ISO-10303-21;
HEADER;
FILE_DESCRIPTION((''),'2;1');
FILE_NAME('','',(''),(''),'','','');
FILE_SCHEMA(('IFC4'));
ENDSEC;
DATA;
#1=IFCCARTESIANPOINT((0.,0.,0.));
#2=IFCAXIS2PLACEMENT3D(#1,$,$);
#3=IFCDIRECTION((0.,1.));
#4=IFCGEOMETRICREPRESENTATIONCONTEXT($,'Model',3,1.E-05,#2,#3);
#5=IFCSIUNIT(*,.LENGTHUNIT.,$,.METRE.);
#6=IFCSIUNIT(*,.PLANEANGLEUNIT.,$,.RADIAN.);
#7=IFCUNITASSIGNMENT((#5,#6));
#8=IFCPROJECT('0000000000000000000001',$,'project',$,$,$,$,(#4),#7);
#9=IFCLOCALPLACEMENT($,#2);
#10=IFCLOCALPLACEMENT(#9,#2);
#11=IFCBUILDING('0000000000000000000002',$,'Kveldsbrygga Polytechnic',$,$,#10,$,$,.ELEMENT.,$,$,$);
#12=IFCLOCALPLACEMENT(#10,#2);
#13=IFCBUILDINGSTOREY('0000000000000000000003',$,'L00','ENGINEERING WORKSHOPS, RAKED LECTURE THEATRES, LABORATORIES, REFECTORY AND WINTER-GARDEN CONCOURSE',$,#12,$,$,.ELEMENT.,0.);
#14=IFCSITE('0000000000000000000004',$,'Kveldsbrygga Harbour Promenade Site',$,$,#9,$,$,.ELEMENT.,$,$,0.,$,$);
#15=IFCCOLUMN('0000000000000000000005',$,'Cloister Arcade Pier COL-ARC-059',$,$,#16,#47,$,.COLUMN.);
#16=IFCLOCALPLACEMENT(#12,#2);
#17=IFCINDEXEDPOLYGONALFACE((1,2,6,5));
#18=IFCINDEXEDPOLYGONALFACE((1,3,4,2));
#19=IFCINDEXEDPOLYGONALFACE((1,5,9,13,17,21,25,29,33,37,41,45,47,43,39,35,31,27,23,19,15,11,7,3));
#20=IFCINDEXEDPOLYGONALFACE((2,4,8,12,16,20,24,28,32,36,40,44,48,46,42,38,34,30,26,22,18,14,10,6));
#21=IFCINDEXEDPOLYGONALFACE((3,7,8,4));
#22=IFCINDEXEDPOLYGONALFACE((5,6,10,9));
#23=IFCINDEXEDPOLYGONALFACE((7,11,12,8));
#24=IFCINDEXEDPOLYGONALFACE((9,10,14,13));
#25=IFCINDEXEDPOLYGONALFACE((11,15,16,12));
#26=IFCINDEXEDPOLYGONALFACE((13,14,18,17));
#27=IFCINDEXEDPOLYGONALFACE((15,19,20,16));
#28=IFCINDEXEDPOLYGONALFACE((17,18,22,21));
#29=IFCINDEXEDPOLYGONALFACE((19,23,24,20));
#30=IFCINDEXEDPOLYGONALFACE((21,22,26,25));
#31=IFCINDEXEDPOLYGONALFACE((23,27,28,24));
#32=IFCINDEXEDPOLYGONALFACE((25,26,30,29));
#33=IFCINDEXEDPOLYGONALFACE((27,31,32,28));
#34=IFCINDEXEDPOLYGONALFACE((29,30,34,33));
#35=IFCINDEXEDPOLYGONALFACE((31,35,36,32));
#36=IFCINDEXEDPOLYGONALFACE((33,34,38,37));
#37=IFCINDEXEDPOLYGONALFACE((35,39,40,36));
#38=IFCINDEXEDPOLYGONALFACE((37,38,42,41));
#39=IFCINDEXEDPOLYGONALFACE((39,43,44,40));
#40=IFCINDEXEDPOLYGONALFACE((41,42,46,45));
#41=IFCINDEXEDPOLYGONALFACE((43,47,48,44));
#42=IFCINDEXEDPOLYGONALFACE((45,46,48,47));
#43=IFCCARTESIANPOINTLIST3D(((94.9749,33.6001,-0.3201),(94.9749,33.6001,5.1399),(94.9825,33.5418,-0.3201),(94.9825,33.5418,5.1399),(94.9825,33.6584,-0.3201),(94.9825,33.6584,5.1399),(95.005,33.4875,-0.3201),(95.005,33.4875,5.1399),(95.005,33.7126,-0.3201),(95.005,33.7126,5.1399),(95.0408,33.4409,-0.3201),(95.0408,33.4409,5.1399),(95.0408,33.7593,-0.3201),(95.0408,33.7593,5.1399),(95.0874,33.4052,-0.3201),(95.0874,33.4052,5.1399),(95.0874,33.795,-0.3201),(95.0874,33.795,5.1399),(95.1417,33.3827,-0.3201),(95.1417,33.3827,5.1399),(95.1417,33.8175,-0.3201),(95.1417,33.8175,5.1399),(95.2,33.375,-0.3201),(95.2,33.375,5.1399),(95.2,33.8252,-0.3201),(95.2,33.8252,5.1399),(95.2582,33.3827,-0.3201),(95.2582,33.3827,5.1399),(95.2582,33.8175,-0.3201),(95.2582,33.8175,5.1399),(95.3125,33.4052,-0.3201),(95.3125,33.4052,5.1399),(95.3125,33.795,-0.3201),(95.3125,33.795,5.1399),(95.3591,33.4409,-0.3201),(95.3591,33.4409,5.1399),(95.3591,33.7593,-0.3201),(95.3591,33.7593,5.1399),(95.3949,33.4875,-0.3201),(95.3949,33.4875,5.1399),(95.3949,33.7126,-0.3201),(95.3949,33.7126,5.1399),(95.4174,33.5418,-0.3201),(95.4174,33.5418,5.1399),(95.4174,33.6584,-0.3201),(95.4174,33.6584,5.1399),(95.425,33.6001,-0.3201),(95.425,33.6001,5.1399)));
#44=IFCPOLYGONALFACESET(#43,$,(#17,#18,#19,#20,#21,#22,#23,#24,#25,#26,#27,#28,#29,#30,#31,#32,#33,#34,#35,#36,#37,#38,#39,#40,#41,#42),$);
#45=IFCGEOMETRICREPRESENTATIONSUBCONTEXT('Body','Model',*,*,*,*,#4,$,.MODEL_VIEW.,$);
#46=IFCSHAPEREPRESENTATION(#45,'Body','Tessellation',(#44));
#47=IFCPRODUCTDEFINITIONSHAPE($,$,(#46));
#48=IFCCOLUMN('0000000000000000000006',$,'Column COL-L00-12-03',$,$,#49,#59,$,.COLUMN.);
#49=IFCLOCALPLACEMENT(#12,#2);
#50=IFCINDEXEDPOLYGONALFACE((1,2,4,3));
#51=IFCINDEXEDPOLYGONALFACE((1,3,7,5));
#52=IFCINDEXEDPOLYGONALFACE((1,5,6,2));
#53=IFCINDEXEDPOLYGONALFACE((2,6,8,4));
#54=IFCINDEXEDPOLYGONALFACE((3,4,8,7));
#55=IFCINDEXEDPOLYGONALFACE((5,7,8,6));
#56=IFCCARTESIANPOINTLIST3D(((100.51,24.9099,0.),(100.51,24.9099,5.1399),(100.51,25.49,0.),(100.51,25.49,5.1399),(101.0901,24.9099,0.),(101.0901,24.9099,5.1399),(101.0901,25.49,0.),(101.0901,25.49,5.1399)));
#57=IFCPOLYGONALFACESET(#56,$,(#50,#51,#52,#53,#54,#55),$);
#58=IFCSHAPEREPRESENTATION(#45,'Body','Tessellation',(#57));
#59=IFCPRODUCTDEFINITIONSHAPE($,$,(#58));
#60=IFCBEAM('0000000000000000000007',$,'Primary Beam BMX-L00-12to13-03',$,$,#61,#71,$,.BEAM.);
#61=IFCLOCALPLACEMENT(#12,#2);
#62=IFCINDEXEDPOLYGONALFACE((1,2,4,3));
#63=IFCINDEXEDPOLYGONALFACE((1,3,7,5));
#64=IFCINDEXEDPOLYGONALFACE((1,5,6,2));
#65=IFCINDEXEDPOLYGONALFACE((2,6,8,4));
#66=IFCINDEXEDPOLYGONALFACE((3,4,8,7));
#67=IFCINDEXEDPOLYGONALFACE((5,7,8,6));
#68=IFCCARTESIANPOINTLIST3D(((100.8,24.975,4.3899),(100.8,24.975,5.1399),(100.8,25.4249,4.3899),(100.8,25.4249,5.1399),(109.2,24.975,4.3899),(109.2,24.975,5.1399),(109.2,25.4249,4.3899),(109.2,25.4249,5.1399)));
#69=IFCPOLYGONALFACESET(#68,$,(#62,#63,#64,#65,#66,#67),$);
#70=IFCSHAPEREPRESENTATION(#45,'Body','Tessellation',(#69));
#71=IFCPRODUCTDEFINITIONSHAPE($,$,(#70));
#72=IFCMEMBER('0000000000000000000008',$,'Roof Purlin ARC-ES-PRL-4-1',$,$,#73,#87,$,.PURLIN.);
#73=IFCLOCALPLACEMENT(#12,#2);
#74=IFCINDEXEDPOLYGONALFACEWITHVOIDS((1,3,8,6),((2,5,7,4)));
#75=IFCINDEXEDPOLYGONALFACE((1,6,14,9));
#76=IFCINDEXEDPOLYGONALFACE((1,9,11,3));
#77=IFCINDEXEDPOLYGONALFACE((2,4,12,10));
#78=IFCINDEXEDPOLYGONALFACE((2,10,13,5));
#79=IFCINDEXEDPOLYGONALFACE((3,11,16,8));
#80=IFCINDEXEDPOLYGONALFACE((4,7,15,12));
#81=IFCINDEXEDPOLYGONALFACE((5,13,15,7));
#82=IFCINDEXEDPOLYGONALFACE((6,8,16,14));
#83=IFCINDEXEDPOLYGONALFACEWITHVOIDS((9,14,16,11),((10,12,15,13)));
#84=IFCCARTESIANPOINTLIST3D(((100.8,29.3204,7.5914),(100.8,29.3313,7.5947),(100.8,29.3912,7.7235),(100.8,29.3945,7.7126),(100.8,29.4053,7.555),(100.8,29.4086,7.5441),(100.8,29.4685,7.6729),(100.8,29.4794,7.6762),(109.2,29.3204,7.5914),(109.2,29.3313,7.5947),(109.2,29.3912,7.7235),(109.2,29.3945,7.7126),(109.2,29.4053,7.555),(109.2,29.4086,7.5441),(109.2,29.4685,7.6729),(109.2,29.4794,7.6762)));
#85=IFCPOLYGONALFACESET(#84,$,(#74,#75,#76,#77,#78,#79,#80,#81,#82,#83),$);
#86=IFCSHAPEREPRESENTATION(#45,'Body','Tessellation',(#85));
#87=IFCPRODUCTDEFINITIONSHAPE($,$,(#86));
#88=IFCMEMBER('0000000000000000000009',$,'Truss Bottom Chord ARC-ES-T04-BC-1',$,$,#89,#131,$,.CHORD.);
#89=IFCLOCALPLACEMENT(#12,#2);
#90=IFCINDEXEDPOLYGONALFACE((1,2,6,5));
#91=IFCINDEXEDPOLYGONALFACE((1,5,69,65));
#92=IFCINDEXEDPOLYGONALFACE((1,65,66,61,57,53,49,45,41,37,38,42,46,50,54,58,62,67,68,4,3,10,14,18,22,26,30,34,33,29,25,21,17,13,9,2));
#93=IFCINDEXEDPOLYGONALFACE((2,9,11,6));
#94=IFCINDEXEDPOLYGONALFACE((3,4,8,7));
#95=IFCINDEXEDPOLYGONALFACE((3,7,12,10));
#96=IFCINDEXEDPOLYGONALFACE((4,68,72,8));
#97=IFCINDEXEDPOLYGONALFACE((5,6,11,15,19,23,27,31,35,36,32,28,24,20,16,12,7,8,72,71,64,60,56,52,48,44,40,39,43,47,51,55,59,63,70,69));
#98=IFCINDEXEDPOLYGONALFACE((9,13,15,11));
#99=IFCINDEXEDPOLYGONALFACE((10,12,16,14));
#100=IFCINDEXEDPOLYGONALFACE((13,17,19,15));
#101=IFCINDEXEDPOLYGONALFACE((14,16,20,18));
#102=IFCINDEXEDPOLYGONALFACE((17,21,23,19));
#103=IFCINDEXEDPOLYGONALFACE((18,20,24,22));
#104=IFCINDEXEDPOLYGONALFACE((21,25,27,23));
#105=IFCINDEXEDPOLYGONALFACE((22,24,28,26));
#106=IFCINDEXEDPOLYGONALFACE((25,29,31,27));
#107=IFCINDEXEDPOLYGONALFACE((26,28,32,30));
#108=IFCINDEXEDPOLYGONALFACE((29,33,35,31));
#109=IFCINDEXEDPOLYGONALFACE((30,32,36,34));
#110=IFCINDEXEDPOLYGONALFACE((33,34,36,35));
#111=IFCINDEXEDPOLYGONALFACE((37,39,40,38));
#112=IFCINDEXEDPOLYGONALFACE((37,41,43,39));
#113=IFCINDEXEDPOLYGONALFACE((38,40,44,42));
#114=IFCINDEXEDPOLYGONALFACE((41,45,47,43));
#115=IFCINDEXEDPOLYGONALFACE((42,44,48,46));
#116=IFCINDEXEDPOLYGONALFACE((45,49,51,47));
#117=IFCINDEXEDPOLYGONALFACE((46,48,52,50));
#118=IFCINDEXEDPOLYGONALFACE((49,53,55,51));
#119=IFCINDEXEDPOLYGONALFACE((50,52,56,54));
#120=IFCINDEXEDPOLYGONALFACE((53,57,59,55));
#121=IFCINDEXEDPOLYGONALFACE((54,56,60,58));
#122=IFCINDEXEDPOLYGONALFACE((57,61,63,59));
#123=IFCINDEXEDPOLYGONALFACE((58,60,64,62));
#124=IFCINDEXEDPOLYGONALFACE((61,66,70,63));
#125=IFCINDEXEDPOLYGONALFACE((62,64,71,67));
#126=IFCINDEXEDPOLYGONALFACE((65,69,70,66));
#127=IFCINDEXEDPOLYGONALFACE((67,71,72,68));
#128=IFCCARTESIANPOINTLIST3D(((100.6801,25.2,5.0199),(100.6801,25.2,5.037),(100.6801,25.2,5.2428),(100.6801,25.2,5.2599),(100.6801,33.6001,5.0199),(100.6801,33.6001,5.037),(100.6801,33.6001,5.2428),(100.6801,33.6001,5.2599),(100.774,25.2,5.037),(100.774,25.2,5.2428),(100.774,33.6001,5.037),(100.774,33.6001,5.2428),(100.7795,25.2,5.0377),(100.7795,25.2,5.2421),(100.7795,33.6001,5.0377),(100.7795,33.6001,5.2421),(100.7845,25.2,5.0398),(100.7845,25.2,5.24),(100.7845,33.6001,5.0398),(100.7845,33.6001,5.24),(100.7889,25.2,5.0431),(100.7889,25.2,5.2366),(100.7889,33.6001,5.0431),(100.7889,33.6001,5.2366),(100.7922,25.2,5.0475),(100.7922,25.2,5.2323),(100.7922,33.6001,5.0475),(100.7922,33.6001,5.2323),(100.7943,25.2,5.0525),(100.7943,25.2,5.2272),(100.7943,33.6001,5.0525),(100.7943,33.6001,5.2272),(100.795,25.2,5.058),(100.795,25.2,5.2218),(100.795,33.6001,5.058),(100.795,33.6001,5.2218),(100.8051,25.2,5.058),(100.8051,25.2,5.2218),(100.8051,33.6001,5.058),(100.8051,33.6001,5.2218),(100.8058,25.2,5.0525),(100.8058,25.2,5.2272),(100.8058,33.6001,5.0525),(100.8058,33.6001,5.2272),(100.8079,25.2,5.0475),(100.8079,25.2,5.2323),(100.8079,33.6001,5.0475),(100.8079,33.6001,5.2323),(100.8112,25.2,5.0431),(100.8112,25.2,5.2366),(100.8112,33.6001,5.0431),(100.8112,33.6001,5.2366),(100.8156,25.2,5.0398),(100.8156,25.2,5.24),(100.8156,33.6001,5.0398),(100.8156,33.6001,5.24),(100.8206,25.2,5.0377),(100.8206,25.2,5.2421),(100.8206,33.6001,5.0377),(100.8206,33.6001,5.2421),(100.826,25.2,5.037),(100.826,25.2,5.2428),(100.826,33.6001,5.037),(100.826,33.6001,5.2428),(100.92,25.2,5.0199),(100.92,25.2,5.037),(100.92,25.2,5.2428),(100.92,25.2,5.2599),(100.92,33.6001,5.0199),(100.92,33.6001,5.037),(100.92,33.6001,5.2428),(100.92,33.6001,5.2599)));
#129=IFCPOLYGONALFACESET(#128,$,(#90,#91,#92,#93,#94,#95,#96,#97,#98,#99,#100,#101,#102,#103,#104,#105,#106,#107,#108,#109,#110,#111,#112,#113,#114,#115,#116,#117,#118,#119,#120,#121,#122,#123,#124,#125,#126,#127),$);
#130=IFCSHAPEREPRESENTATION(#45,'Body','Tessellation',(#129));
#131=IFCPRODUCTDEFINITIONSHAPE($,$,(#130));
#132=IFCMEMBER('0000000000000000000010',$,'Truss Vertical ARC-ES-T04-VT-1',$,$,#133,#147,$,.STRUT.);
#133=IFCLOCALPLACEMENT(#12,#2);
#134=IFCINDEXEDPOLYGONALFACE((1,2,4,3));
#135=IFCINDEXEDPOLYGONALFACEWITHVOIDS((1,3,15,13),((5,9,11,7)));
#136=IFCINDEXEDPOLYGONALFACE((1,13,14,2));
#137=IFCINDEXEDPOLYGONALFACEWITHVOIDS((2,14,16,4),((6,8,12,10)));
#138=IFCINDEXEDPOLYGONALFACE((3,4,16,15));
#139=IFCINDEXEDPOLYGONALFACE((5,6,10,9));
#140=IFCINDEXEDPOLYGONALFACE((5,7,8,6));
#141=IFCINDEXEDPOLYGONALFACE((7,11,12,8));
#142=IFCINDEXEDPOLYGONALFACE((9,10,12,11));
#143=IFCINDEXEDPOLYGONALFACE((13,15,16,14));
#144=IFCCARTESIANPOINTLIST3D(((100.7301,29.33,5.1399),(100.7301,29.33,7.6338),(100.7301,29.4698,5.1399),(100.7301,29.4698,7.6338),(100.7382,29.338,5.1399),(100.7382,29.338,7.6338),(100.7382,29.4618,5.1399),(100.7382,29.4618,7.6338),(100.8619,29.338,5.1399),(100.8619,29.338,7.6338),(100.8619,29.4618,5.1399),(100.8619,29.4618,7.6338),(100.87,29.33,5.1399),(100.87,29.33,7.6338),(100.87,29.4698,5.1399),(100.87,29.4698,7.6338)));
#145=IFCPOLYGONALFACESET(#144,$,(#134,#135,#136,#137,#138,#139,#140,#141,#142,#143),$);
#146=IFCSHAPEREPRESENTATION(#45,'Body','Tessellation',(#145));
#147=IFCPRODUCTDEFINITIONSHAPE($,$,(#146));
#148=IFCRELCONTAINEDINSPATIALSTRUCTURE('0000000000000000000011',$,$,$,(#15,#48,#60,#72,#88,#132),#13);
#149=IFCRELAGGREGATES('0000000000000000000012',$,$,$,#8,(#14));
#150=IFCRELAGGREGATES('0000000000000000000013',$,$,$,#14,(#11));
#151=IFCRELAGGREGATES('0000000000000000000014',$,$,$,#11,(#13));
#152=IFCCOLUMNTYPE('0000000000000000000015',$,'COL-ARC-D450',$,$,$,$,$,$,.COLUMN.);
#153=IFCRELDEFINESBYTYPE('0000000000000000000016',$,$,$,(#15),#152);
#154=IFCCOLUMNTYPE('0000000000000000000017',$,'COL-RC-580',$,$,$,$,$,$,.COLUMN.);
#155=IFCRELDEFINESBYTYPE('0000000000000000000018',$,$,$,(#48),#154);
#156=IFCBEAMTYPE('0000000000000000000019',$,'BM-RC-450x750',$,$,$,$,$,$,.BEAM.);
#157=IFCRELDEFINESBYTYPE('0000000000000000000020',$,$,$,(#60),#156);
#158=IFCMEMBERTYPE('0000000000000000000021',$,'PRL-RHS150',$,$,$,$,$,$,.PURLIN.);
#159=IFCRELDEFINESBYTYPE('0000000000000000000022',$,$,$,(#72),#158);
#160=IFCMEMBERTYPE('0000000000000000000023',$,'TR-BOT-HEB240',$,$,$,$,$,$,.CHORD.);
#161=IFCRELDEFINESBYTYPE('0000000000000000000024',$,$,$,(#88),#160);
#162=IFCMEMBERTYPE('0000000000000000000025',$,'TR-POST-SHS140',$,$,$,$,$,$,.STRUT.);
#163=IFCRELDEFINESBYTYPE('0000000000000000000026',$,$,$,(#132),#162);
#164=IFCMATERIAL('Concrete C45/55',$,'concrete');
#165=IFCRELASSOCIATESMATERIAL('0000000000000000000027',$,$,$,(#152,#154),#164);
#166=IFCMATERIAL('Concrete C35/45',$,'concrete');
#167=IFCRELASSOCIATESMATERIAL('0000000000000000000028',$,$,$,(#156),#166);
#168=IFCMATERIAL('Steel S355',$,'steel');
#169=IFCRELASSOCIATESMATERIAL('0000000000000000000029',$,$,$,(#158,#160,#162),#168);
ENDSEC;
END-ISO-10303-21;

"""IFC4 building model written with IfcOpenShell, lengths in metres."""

from ifc_helpers import new_model, si_unit, direction, frame, origin, origin_2d, place, context, subcontext, project, spatial, rectangle, hollow_rectangle, circle, i_section, extrude, material, material_profile, profile_set, type_object, element, save


model = new_model("IFC4")

# Units and contexts
model_context = context("Model", 3, precision=1e-05, world=origin(), true_north=direction((0.0, 1.0)))
body_context = subcontext(model_context, "Body", "Model", "MODEL_VIEW")
ifc_project = project(units=[si_unit("LENGTHUNIT", "METRE"), si_unit("PLANEANGLEUNIT", "RADIAN")], contexts=[model_context])

# Site, building, storey
site_placement = place(None, origin())
site = spatial("IfcSite", under=ifc_project, at=site_placement, Name="Kveldsbrygga Harbour Promenade Site", CompositionType="ELEMENT", RefElevation=0.0)
building_placement = place(site_placement, origin())
building = spatial("IfcBuilding", under=site, at=building_placement, Name="Kveldsbrygga Polytechnic", CompositionType="ELEMENT")
storey_placement = place(building_placement, origin())
storey = spatial("IfcBuildingStorey", under=building, at=storey_placement, Name="L00", Description="ENGINEERING WORKSHOPS, RAKED LECTURE THEATRES, LABORATORIES, REFECTORY AND WINTER-GARDEN CONCOURSE", CompositionType="ELEMENT", Elevation=0.0)

# Columns
ifc_material_1 = material(Name="Concrete C45/55", Category="concrete")
ifc_material_profile_1 = material_profile(ifc_material_1, circle(Radius=0.2251, at=origin_2d()), Name="RC D450")
ifc_profile_set_1 = profile_set([ifc_material_profile_1], Name="Concrete C45/55")
column_type_1 = type_object("IfcColumnType", Name="COL-ARC-D450", PredefinedType="COLUMN", material=ifc_profile_set_1)
column_1_placement = place(storey_placement, frame((95.2, 33.6001, -0.3201), z_axis=(0.0, 0.0, 1.0), x_axis=(1.0, 0.0, 0.0)))
element("IfcColumn", 1, at=column_1_placement, inside=storey, type_object=column_type_1, Name="Cloister Arcade Pier COL-ARC-059", PredefinedType="COLUMN", context=body_context, shape_type="SweptSolid", body=[
    extrude(circle(Radius=0.2251, at=origin_2d()), origin(), (0.0, 0.0, 1.0), 5.46),
])
ifc_material_profile_2 = material_profile(ifc_material_1, rectangle(XDim=0.5801, YDim=0.5801, at=origin_2d()), Name="RC 580x580")
ifc_profile_set_2 = profile_set([ifc_material_profile_2], Name="Concrete C45/55")
column_type_2 = type_object("IfcColumnType", Name="COL-RC-580", PredefinedType="COLUMN", material=ifc_profile_set_2)
column_2_placement = place(storey_placement, frame((100.8, 25.2, 0.0), z_axis=(0.0, 0.0, 1.0), x_axis=(1.0, 0.0, 0.0)))
element("IfcColumn", 2, at=column_2_placement, inside=storey, type_object=column_type_2, Name="Column COL-L00-12-03", PredefinedType="COLUMN", context=body_context, shape_type="SweptSolid", body=[
    extrude(rectangle(XDim=0.5801, YDim=0.5801, at=origin_2d()), origin(), (0.0, 0.0, 1.0), 5.1399),
])

# Beam
ifc_material_2 = material(Name="Concrete C35/45", Category="concrete")
ifc_material_profile_3 = material_profile(ifc_material_2, rectangle(XDim=0.45, YDim=0.75, at=origin_2d()), Name="RC 450x750")
ifc_profile_set_3 = profile_set([ifc_material_profile_3], Name="Concrete C35/45")
beam_type = type_object("IfcBeamType", Name="BM-RC-450x750", PredefinedType="BEAM", material=ifc_profile_set_3)
beam_placement = place(storey_placement, frame((100.8, 25.2, 4.7649), z_axis=(1.0, 0.0, 0.0), x_axis=(0.0, 1.0, 0.0)))
element("IfcBeam", 3, at=beam_placement, inside=storey, type_object=beam_type, Name="Primary Beam BMX-L00-12to13-03", PredefinedType="BEAM", context=body_context, shape_type="SweptSolid", body=[
    extrude(rectangle(XDim=0.45, YDim=0.75, at=origin_2d()), origin(), (0.0, 0.0, 1.0), 8.3999),
])

# Members
ifc_material_3 = material(Name="Steel S355", Category="steel")
ifc_material_profile_4 = material_profile(ifc_material_3, hollow_rectangle(XDim=0.1001, YDim=0.1499, WallThickness=0.0081, at=origin_2d()), Name="RHS 150x100x8.0")
ifc_profile_set_4 = profile_set([ifc_material_profile_4], Name="Steel S355")
member_type_1 = type_object("IfcMemberType", Name="PRL-RHS150", PredefinedType="PURLIN", material=ifc_profile_set_4)
member_1_placement = place(storey_placement, frame((100.8, 29.3999, 7.6338), z_axis=(1.0, 0.0, 0.0), x_axis=(0.0, 0.88148, -0.472222)))
element("IfcMember", 4, at=member_1_placement, inside=storey, type_object=member_type_1, Name="Roof Purlin ARC-ES-PRL-4-1", PredefinedType="PURLIN", context=body_context, shape_type="SweptSolid", body=[
    extrude(hollow_rectangle(XDim=0.1001, YDim=0.1499, WallThickness=0.0081, at=origin_2d()), origin(), (0.0, 0.0, 1.0), 8.3999),
])
ifc_material_profile_5 = material_profile(ifc_material_3, i_section(OverallWidth=0.24, OverallDepth=0.24, WebThickness=0.01, FlangeThickness=0.0171, FilletRadius=0.021, at=origin_2d()), Name="HEB 240")
ifc_profile_set_5 = profile_set([ifc_material_profile_5], Name="Steel S355")
member_type_2 = type_object("IfcMemberType", Name="TR-BOT-HEB240", PredefinedType="CHORD", material=ifc_profile_set_5)
member_2_placement = place(storey_placement, frame((100.8, 25.2, 5.1399), z_axis=(0.0, 1.0, 0.0), x_axis=(-1.0, 0.0, 0.0)))
element("IfcMember", 5, at=member_2_placement, inside=storey, type_object=member_type_2, Name="Truss Bottom Chord ARC-ES-T04-BC-1", PredefinedType="CHORD", context=body_context, shape_type="SweptSolid", body=[
    extrude(i_section(OverallWidth=0.24, OverallDepth=0.24, WebThickness=0.01, FlangeThickness=0.0171, FilletRadius=0.021, at=origin_2d()), origin(), (0.0, 0.0, 1.0), 8.4001),
])
ifc_material_profile_6 = material_profile(ifc_material_3, hollow_rectangle(XDim=0.1399, YDim=0.1399, WallThickness=0.0081, at=origin_2d()), Name="SHS 140x140x8.0")
ifc_profile_set_6 = profile_set([ifc_material_profile_6], Name="Steel S355")
member_type_3 = type_object("IfcMemberType", Name="TR-POST-SHS140", PredefinedType="STRUT", material=ifc_profile_set_6)
member_3_placement = place(storey_placement, frame((100.8, 29.3999, 5.1399), z_axis=(0.0, 0.0, 1.0), x_axis=(1.0, 0.0, 0.0)))
element("IfcMember", 6, at=member_3_placement, inside=storey, type_object=member_type_3, Name="Truss Vertical ARC-ES-T04-VT-1", PredefinedType="STRUT", context=body_context, shape_type="SweptSolid", body=[
    extrude(hollow_rectangle(XDim=0.1399, YDim=0.1399, WallThickness=0.0081, at=origin_2d()), origin(), (0.0, 0.0, 1.0), 2.4939),
])

save(model, "model.ifc")
